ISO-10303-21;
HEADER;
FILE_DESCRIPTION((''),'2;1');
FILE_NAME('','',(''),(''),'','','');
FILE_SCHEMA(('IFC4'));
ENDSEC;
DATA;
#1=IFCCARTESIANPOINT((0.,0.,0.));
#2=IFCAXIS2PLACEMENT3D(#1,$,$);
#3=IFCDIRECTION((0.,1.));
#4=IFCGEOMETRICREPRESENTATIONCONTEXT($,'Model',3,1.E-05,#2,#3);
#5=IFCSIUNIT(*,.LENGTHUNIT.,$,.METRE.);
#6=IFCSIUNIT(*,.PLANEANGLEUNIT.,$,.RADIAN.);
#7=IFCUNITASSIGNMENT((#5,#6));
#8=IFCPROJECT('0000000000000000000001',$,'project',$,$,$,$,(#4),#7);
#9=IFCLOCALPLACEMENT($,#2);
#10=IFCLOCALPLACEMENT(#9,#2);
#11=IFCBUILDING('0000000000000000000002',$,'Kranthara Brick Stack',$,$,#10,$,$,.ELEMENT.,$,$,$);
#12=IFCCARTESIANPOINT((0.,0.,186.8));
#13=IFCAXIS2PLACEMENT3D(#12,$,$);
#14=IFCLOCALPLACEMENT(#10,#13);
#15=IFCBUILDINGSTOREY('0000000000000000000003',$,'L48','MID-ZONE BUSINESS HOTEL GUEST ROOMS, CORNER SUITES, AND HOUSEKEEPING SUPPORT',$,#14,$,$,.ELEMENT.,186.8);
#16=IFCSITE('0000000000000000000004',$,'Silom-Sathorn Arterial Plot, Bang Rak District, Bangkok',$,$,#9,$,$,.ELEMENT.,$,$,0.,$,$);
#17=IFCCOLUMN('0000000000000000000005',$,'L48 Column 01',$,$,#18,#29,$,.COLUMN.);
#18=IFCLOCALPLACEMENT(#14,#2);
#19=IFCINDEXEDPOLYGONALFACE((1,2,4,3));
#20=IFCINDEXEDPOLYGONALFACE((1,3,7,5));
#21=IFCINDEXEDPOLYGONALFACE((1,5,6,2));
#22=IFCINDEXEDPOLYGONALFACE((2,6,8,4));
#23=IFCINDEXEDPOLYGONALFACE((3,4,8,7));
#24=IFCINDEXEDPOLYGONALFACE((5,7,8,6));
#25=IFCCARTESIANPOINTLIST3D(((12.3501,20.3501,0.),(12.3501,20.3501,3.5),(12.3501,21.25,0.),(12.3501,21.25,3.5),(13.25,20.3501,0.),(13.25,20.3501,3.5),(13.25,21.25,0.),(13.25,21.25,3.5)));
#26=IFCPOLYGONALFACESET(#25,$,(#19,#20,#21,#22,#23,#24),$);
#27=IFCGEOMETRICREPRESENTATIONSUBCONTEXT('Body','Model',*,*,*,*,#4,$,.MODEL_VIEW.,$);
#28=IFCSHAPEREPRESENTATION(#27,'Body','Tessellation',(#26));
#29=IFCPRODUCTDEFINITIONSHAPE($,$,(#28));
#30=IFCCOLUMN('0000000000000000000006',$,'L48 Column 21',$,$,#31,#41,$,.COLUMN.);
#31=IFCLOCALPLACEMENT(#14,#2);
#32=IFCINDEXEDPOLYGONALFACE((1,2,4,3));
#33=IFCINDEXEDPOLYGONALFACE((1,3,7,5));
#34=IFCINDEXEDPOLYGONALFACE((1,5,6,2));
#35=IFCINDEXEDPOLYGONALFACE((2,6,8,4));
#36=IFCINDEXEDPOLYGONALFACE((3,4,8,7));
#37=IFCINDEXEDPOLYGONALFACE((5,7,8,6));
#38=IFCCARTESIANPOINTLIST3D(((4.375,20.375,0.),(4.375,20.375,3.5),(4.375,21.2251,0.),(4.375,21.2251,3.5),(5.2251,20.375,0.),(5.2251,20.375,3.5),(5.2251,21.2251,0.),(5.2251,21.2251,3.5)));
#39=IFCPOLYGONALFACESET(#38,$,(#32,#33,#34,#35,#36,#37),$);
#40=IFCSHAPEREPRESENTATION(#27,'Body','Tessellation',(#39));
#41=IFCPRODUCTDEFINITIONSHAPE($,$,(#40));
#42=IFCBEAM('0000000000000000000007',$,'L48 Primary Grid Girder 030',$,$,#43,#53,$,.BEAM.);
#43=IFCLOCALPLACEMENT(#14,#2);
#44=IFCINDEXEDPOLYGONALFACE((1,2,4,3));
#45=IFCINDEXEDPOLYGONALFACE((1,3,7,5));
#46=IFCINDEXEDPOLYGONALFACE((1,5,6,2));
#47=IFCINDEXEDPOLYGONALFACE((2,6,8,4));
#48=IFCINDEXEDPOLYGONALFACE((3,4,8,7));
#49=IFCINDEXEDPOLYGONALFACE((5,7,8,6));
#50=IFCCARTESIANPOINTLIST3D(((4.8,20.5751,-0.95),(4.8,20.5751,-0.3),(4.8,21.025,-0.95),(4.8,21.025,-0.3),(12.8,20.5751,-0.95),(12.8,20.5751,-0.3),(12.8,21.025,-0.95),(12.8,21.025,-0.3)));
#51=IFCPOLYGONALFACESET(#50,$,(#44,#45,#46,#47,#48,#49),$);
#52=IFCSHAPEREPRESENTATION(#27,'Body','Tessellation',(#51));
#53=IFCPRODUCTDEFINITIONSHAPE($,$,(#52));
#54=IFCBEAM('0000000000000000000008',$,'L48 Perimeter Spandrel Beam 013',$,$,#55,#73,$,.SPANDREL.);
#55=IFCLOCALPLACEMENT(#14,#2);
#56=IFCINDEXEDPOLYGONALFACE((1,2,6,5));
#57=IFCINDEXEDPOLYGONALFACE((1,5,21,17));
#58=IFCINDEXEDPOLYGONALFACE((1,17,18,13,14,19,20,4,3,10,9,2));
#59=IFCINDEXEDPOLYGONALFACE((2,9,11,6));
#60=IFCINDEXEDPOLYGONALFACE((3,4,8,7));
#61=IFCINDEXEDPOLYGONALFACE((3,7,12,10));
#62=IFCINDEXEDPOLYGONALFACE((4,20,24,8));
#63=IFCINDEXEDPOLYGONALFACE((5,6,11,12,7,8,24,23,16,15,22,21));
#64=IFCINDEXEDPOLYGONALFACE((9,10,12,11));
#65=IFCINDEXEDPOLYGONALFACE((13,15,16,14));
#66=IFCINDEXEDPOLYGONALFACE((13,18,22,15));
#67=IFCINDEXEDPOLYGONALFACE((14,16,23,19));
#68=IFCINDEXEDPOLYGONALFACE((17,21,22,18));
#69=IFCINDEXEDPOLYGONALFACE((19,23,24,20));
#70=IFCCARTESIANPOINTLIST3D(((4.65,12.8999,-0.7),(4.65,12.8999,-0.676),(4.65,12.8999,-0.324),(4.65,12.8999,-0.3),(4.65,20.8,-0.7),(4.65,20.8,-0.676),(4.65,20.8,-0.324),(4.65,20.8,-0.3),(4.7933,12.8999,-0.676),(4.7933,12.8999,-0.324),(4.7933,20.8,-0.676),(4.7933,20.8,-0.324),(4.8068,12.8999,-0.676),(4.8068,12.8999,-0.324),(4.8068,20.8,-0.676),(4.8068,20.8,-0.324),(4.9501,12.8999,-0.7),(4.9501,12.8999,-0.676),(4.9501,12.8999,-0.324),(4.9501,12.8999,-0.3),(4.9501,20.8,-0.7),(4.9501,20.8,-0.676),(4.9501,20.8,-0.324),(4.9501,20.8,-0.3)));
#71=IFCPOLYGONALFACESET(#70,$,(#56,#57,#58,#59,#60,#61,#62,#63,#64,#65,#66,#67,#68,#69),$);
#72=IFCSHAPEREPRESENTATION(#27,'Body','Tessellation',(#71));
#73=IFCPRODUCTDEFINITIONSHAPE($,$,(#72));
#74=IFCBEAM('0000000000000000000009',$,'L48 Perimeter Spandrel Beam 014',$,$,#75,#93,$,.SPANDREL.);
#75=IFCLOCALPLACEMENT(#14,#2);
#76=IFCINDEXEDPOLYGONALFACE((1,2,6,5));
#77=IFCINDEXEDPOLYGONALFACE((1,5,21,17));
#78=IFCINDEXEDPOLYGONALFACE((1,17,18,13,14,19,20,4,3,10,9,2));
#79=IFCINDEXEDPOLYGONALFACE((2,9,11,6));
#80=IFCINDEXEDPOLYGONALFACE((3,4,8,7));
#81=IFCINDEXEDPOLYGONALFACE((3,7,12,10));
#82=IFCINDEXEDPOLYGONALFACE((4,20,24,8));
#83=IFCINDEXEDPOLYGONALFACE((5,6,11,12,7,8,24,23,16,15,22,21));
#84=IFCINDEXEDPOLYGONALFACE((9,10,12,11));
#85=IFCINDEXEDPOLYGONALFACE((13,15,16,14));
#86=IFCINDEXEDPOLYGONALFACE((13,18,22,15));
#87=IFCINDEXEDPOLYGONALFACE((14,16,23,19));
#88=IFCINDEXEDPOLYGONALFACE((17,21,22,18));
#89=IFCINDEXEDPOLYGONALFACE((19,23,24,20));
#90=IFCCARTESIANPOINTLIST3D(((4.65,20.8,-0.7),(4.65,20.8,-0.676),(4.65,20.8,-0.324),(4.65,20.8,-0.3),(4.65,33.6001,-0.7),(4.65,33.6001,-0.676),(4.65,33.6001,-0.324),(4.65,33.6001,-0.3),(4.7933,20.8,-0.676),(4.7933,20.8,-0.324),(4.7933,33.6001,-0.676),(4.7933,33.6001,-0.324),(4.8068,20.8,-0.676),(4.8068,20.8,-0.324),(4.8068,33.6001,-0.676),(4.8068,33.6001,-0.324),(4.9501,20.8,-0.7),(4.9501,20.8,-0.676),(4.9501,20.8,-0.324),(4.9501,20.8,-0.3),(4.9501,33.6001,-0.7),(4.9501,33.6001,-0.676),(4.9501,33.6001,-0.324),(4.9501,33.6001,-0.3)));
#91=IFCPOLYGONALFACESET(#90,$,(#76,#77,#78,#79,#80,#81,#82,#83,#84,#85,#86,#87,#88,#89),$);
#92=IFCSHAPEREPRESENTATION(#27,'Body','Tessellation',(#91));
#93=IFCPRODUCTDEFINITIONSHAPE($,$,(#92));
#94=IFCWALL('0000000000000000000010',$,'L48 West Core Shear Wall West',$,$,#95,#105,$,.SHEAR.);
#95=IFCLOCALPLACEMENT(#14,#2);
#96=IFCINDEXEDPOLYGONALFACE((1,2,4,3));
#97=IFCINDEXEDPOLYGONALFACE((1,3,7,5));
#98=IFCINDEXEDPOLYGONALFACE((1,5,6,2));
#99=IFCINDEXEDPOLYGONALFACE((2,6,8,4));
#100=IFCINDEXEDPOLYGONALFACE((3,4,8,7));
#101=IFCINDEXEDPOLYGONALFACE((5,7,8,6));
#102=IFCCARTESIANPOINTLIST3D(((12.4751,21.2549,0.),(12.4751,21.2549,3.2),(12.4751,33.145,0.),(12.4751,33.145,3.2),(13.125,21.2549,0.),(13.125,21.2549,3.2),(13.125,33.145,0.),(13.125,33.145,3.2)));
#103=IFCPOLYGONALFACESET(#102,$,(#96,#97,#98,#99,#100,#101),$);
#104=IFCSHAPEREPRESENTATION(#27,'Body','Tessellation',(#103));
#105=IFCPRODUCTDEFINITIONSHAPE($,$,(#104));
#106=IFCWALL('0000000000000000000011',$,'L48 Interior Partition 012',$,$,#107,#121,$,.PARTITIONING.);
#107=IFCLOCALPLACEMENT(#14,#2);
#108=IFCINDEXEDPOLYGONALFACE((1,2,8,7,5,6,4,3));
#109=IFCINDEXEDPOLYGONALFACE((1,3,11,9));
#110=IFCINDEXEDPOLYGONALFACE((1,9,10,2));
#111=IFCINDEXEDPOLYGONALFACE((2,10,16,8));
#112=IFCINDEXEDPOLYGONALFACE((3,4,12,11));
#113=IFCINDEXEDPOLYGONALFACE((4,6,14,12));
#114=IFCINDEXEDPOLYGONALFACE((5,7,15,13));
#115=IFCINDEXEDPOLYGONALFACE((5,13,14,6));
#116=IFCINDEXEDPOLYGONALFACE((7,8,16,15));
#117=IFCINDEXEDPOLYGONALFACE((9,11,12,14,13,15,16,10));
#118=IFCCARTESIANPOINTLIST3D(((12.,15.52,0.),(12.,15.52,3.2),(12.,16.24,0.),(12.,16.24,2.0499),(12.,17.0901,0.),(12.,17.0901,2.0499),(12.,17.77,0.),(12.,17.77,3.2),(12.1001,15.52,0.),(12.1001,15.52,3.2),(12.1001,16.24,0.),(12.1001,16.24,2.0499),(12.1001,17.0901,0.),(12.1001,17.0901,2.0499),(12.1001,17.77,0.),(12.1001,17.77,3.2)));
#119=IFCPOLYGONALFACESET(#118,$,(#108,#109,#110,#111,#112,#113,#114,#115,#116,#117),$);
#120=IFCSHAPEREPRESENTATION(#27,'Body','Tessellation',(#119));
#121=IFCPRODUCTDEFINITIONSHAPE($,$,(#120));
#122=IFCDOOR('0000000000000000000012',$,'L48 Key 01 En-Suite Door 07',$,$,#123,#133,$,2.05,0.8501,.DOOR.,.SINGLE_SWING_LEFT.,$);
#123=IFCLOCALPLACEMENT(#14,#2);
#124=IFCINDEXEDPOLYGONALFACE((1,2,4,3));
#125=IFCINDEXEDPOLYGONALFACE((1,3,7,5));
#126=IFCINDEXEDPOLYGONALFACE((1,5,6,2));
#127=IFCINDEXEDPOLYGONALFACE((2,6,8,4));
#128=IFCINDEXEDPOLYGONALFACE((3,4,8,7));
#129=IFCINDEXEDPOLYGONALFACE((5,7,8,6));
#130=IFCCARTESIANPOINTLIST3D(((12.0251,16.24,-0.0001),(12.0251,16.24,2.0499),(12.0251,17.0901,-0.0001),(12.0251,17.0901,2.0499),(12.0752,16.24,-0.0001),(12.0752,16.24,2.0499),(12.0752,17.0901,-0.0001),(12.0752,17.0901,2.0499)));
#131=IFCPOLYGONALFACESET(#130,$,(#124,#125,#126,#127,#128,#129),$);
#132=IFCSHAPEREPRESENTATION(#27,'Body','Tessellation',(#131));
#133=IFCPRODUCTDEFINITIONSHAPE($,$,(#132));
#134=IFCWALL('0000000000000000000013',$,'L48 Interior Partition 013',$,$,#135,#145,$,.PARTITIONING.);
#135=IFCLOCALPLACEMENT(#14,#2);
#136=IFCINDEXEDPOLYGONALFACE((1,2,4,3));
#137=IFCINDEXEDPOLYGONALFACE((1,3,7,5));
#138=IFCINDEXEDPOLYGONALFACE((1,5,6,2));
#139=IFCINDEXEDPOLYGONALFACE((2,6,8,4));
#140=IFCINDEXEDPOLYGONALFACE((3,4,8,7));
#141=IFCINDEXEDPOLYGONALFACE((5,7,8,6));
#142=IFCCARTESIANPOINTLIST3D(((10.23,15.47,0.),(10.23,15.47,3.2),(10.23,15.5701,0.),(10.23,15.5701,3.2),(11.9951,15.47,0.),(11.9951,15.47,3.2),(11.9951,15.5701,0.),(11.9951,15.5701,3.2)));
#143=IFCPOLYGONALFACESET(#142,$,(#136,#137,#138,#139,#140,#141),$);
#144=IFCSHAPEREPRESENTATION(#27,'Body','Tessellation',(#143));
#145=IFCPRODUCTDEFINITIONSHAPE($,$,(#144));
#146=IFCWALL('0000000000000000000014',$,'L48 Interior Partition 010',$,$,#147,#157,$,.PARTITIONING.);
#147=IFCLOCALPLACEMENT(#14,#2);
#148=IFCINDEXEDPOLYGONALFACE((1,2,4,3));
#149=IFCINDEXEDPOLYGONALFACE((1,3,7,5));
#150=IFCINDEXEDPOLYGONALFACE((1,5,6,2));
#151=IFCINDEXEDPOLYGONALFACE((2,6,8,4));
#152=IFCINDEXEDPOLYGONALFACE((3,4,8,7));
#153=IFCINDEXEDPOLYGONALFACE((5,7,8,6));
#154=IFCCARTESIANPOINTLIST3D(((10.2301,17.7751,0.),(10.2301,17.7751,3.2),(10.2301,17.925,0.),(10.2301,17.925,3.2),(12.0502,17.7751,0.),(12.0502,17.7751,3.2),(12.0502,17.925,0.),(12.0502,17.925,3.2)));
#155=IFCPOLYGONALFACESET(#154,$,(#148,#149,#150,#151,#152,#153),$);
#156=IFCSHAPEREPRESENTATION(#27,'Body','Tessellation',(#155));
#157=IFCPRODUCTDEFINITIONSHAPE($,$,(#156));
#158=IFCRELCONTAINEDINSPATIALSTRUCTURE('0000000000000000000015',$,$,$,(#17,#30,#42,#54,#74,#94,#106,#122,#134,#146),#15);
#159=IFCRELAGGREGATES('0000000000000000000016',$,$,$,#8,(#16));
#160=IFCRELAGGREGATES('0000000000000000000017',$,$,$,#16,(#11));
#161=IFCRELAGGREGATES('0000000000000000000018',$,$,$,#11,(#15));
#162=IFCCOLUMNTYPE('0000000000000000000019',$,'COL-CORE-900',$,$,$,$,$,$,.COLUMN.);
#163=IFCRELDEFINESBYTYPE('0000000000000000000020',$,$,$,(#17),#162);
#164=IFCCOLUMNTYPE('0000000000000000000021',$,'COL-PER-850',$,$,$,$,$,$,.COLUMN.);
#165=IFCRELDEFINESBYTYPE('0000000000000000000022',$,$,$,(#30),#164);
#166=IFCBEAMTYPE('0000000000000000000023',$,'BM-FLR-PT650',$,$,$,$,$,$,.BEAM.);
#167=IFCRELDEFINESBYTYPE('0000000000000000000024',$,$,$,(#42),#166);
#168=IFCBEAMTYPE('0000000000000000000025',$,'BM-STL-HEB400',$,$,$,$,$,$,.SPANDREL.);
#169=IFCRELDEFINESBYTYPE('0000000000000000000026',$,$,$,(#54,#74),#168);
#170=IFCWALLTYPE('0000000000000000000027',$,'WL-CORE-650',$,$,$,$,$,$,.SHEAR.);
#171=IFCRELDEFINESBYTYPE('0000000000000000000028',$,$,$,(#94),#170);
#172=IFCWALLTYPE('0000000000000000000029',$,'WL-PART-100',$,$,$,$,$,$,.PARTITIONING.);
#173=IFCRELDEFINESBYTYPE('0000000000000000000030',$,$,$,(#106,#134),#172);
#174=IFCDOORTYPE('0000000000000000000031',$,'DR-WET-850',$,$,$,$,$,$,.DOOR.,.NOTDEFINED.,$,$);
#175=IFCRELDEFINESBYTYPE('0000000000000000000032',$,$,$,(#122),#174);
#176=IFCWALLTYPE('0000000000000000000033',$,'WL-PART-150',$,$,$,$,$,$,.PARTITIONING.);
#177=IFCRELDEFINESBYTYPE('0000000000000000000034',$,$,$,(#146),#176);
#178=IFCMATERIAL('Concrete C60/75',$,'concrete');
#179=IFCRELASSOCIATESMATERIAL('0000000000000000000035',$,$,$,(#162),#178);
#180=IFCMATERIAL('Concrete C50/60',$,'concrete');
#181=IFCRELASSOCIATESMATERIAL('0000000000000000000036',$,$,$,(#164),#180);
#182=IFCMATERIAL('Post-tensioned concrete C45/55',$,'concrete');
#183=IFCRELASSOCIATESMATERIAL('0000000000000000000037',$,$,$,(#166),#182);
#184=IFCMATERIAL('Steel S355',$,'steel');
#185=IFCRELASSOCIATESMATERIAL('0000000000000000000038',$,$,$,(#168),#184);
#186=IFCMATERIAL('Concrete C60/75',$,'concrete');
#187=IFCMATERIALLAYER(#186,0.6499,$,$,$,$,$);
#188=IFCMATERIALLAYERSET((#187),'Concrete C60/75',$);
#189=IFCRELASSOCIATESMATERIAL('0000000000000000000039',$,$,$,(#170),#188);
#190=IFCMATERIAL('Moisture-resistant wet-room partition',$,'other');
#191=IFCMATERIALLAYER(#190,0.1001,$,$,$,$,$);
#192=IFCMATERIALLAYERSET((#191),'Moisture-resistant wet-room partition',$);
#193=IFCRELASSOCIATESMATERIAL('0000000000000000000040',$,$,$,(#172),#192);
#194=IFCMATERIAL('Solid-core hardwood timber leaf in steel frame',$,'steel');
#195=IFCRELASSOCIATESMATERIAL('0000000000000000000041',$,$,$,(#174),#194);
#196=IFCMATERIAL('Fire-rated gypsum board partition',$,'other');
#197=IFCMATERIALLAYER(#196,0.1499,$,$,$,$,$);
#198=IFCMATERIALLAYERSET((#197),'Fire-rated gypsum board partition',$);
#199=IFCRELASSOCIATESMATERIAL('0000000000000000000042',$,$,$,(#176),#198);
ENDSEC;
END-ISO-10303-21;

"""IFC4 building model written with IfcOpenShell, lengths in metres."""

from ifc_helpers import new_model, si_unit, direction, frame, frame_2d, origin, origin_2d, place, context, subcontext, project, spatial, rectangle, i_section, extrude, material, layer, layer_set, material_profile, profile_set, type_object, element, fill, save


model = new_model("IFC4")

# Units and contexts
model_context = context("Model", 3, precision=1e-05, world=origin(), true_north=direction((0.0, 1.0)))
body_context = subcontext(model_context, "Body", "Model", "MODEL_VIEW")
ifc_project = project(units=[si_unit("LENGTHUNIT", "METRE"), si_unit("PLANEANGLEUNIT", "RADIAN")], contexts=[model_context])

# Site, building, storey
site_placement = place(None, origin())
site = spatial("IfcSite", under=ifc_project, at=site_placement, Name="Silom-Sathorn Arterial Plot, Bang Rak District, Bangkok", CompositionType="ELEMENT", RefElevation=0.0)
building_placement = place(site_placement, origin())
building = spatial("IfcBuilding", under=site, at=building_placement, Name="Kranthara Brick Stack", CompositionType="ELEMENT")
storey_placement = place(building_placement, frame((0.0, 0.0, 186.8)))
storey = spatial("IfcBuildingStorey", under=building, at=storey_placement, Name="L48", Description="MID-ZONE BUSINESS HOTEL GUEST ROOMS, CORNER SUITES, AND HOUSEKEEPING SUPPORT", CompositionType="ELEMENT", Elevation=186.8)

# Columns
ifc_material_1 = material(Name="Concrete C60/75", Category="concrete")
ifc_material_profile_1 = material_profile(ifc_material_1, rectangle(XDim=0.8999, YDim=0.8999, at=origin_2d()), Name="RC 900x900")
ifc_profile_set_1 = profile_set([ifc_material_profile_1], Name="Concrete C60/75")
column_type_1 = type_object("IfcColumnType", Name="COL-CORE-900", PredefinedType="COLUMN", material=ifc_profile_set_1)
column_1_placement = place(storey_placement, frame((12.8, 20.8, 0.0), z_axis=(0.0, 0.0, 1.0), x_axis=(1.0, 0.0, 0.0)))
element("IfcColumn", 1, at=column_1_placement, inside=storey, type_object=column_type_1, Name="L48 Column 01", PredefinedType="COLUMN", context=body_context, shape_type="SweptSolid", body=[
    extrude(rectangle(XDim=0.8999, YDim=0.8999, at=origin_2d()), origin(), (0.0, 0.0, 1.0), 3.5),
])
ifc_material_2 = material(Name="Concrete C50/60", Category="concrete")
ifc_material_profile_2 = material_profile(ifc_material_2, rectangle(XDim=0.8501, YDim=0.8501, at=origin_2d()), Name="RC 850x850")
ifc_profile_set_2 = profile_set([ifc_material_profile_2], Name="Concrete C50/60")
column_type_2 = type_object("IfcColumnType", Name="COL-PER-850", PredefinedType="COLUMN", material=ifc_profile_set_2)
column_2_placement = place(storey_placement, frame((4.8, 20.8, 0.0), z_axis=(0.0, 0.0, 1.0), x_axis=(1.0, 0.0, 0.0)))
element("IfcColumn", 2, at=column_2_placement, inside=storey, type_object=column_type_2, Name="L48 Column 21", PredefinedType="COLUMN", context=body_context, shape_type="SweptSolid", body=[
    extrude(rectangle(XDim=0.8501, YDim=0.8501, at=origin_2d()), origin(), (0.0, 0.0, 1.0), 3.5),
])

# Beams
ifc_material_3 = material(Name="Post-tensioned concrete C45/55", Category="concrete")
ifc_material_profile_3 = material_profile(ifc_material_3, rectangle(XDim=0.45, YDim=0.6499, at=origin_2d()), Name="PT 450x650")
ifc_profile_set_3 = profile_set([ifc_material_profile_3], Name="Post-tensioned concrete C45/55")
beam_type_1 = type_object("IfcBeamType", Name="BM-FLR-PT650", PredefinedType="BEAM", material=ifc_profile_set_3)
beam_1_placement = place(storey_placement, frame((4.8, 20.8, -0.625), z_axis=(1.0, 0.0, 0.0), x_axis=(0.0, 1.0, 0.0)))
element("IfcBeam", 3, at=beam_1_placement, inside=storey, type_object=beam_type_1, Name="L48 Primary Grid Girder 030", PredefinedType="BEAM", context=body_context, shape_type="SweptSolid", body=[
    extrude(rectangle(XDim=0.45, YDim=0.6499, at=origin_2d()), origin(), (0.0, 0.0, 1.0), 8.0),
])
ifc_material_4 = material(Name="Steel S355", Category="steel")
ifc_material_profile_4 = material_profile(ifc_material_4, i_section(OverallWidth=0.3, OverallDepth=0.3999, WebThickness=0.0134, FlangeThickness=0.0239, at=origin_2d()), Name="HEB 400")
ifc_profile_set_4 = profile_set([ifc_material_profile_4], Name="Steel S355")
beam_type_2 = type_object("IfcBeamType", Name="BM-STL-HEB400", PredefinedType="SPANDREL", material=ifc_profile_set_4)
beam_2_placement = place(storey_placement, frame((4.8, 12.8999, -0.5), z_axis=(0.0, 1.0, 0.0), x_axis=(-1.0, 0.0, 0.0)))
element("IfcBeam", 4, at=beam_2_placement, inside=storey, type_object=beam_type_2, Name="L48 Perimeter Spandrel Beam 013", PredefinedType="SPANDREL", context=body_context, shape_type="SweptSolid", body=[
    extrude(i_section(OverallWidth=0.3, OverallDepth=0.3999, WebThickness=0.0134, FlangeThickness=0.0239, at=origin_2d()), origin(), (0.0, 0.0, 1.0), 7.9001),
])
beam_3_placement = place(storey_placement, frame((4.8, 20.8, -0.5), z_axis=(0.0, 1.0, 0.0), x_axis=(-1.0, 0.0, 0.0)))
element("IfcBeam", 5, at=beam_3_placement, inside=storey, type_object=beam_type_2, Name="L48 Perimeter Spandrel Beam 014", PredefinedType="SPANDREL", context=body_context, shape_type="SweptSolid", body=[
    extrude(i_section(OverallWidth=0.3, OverallDepth=0.3999, WebThickness=0.0134, FlangeThickness=0.0239, at=origin_2d()), origin(), (0.0, 0.0, 1.0), 12.8),
])

# Wall
ifc_material_5 = material(Name="Concrete C60/75", Category="concrete")
ifc_layer_1 = layer(ifc_material_5, 0.6499)
ifc_layer_set_1 = layer_set([ifc_layer_1], Name="Concrete C60/75")
wall_type_1 = type_object("IfcWallType", Name="WL-CORE-650", PredefinedType="SHEAR", material=ifc_layer_set_1)
wall_1_placement = place(storey_placement, frame((12.8, 21.2549, 0.0), z_axis=(0.0, 0.0, 1.0), x_axis=(0.0, 1.0, 0.0)))
element("IfcWall", 6, at=wall_1_placement, inside=storey, type_object=wall_type_1, Name="L48 West Core Shear Wall West", PredefinedType="SHEAR", context=body_context, shape_type="SweptSolid", body=[
    extrude(rectangle(XDim=11.8901, YDim=0.6499, at=frame_2d((5.9451, 0.0))), origin(), (0.0, 0.0, 1.0), 3.2),
])

# Wall, opening, door
ifc_material_6 = material(Name="Moisture-resistant wet-room partition", Category="other")
ifc_layer_2 = layer(ifc_material_6, 0.1001)
ifc_layer_set_2 = layer_set([ifc_layer_2], Name="Moisture-resistant wet-room partition")
wall_type_2 = type_object("IfcWallType", Name="WL-PART-100", PredefinedType="PARTITIONING", material=ifc_layer_set_2)
wall_2_placement = place(storey_placement, frame((12.05, 15.52, 0.0), z_axis=(0.0, 0.0, 1.0), x_axis=(0.0, 1.0, 0.0)))
wall_2 = element("IfcWall", 7, at=wall_2_placement, inside=storey, type_object=wall_type_2, Name="L48 Interior Partition 012", PredefinedType="PARTITIONING", context=body_context, shape_type="SweptSolid", body=[
    extrude(rectangle(XDim=2.25, YDim=0.1001, at=frame_2d((1.125, 0.0))), origin(), (0.0, 0.0, 1.0), 3.2),
])
opening_1_placement = place(wall_2_placement, frame((0.72, 0.0, 0.0)))
opening_1 = element("IfcOpeningElement", 8, at=opening_1_placement, cuts=wall_2, PredefinedType="OPENING", context=body_context, shape_type="SweptSolid", body=[
    extrude(rectangle(XDim=0.8501, YDim=2.05, at=frame_2d((0.425, 1.0249))), frame((0.0, 0.0601, 0.0), z_axis=(0.0, -1.0, 0.0), x_axis=(1.0, 0.0, 0.0)), (0.0, 0.0, 1.0), 0.1201),
])
ifc_material_7 = material(Name="Solid-core hardwood timber leaf in steel frame", Category="steel")
door_type_1 = type_object("IfcDoorType", Name="DR-WET-850", OperationType="NOTDEFINED", PredefinedType="DOOR", material=ifc_material_7)
door_1_placement = place(opening_1_placement, origin())
door_1 = element("IfcDoor", 9, at=door_1_placement, inside=storey, type_object=door_type_1, Name="L48 Key 01 En-Suite Door 07", OperationType="SINGLE_SWING_LEFT", OverallHeight=2.05, OverallWidth=0.8501, PredefinedType="DOOR", context=body_context, shape_type="SweptSolid", body=[
    extrude(rectangle(XDim=0.8501, YDim=2.05, at=frame_2d((0.425, 1.0249))), frame((0.0, 0.0249, 0.0), z_axis=(0.0, -1.0, 0.0), x_axis=(1.0, 0.0, 0.0)), (0.0, 0.0, 1.0), 0.05),
])
fill(opening_1, door_1)

# Walls
wall_3_placement = place(storey_placement, frame((10.23, 15.52, 0.0), z_axis=(0.0, 0.0, 1.0), x_axis=(1.0, 0.0, 0.0)))
element("IfcWall", 10, at=wall_3_placement, inside=storey, type_object=wall_type_2, Name="L48 Interior Partition 013", PredefinedType="PARTITIONING", context=body_context, shape_type="SweptSolid", body=[
    extrude(rectangle(XDim=1.7651, YDim=0.1001, at=frame_2d((0.8826, 0.0))), origin(), (0.0, 0.0, 1.0), 3.2),
])
ifc_material_8 = material(Name="Fire-rated gypsum board partition", Category="other")
ifc_layer_3 = layer(ifc_material_8, 0.1499)
ifc_layer_set_3 = layer_set([ifc_layer_3], Name="Fire-rated gypsum board partition")
wall_type_3 = type_object("IfcWallType", Name="WL-PART-150", PredefinedType="PARTITIONING", material=ifc_layer_set_3)
wall_4_placement = place(storey_placement, frame((10.23, 17.8501, 0.0), z_axis=(0.0, 0.0, 1.0), x_axis=(1.0, 0.0, 0.0)))
element("IfcWall", 11, at=wall_4_placement, inside=storey, type_object=wall_type_3, Name="L48 Interior Partition 010", PredefinedType="PARTITIONING", context=body_context, shape_type="SweptSolid", body=[
    extrude(rectangle(XDim=1.8201, YDim=0.1499, at=frame_2d((0.9102, 0.0))), origin(), (0.0, 0.0, 1.0), 3.2),
])

save(model, "model.ifc")
